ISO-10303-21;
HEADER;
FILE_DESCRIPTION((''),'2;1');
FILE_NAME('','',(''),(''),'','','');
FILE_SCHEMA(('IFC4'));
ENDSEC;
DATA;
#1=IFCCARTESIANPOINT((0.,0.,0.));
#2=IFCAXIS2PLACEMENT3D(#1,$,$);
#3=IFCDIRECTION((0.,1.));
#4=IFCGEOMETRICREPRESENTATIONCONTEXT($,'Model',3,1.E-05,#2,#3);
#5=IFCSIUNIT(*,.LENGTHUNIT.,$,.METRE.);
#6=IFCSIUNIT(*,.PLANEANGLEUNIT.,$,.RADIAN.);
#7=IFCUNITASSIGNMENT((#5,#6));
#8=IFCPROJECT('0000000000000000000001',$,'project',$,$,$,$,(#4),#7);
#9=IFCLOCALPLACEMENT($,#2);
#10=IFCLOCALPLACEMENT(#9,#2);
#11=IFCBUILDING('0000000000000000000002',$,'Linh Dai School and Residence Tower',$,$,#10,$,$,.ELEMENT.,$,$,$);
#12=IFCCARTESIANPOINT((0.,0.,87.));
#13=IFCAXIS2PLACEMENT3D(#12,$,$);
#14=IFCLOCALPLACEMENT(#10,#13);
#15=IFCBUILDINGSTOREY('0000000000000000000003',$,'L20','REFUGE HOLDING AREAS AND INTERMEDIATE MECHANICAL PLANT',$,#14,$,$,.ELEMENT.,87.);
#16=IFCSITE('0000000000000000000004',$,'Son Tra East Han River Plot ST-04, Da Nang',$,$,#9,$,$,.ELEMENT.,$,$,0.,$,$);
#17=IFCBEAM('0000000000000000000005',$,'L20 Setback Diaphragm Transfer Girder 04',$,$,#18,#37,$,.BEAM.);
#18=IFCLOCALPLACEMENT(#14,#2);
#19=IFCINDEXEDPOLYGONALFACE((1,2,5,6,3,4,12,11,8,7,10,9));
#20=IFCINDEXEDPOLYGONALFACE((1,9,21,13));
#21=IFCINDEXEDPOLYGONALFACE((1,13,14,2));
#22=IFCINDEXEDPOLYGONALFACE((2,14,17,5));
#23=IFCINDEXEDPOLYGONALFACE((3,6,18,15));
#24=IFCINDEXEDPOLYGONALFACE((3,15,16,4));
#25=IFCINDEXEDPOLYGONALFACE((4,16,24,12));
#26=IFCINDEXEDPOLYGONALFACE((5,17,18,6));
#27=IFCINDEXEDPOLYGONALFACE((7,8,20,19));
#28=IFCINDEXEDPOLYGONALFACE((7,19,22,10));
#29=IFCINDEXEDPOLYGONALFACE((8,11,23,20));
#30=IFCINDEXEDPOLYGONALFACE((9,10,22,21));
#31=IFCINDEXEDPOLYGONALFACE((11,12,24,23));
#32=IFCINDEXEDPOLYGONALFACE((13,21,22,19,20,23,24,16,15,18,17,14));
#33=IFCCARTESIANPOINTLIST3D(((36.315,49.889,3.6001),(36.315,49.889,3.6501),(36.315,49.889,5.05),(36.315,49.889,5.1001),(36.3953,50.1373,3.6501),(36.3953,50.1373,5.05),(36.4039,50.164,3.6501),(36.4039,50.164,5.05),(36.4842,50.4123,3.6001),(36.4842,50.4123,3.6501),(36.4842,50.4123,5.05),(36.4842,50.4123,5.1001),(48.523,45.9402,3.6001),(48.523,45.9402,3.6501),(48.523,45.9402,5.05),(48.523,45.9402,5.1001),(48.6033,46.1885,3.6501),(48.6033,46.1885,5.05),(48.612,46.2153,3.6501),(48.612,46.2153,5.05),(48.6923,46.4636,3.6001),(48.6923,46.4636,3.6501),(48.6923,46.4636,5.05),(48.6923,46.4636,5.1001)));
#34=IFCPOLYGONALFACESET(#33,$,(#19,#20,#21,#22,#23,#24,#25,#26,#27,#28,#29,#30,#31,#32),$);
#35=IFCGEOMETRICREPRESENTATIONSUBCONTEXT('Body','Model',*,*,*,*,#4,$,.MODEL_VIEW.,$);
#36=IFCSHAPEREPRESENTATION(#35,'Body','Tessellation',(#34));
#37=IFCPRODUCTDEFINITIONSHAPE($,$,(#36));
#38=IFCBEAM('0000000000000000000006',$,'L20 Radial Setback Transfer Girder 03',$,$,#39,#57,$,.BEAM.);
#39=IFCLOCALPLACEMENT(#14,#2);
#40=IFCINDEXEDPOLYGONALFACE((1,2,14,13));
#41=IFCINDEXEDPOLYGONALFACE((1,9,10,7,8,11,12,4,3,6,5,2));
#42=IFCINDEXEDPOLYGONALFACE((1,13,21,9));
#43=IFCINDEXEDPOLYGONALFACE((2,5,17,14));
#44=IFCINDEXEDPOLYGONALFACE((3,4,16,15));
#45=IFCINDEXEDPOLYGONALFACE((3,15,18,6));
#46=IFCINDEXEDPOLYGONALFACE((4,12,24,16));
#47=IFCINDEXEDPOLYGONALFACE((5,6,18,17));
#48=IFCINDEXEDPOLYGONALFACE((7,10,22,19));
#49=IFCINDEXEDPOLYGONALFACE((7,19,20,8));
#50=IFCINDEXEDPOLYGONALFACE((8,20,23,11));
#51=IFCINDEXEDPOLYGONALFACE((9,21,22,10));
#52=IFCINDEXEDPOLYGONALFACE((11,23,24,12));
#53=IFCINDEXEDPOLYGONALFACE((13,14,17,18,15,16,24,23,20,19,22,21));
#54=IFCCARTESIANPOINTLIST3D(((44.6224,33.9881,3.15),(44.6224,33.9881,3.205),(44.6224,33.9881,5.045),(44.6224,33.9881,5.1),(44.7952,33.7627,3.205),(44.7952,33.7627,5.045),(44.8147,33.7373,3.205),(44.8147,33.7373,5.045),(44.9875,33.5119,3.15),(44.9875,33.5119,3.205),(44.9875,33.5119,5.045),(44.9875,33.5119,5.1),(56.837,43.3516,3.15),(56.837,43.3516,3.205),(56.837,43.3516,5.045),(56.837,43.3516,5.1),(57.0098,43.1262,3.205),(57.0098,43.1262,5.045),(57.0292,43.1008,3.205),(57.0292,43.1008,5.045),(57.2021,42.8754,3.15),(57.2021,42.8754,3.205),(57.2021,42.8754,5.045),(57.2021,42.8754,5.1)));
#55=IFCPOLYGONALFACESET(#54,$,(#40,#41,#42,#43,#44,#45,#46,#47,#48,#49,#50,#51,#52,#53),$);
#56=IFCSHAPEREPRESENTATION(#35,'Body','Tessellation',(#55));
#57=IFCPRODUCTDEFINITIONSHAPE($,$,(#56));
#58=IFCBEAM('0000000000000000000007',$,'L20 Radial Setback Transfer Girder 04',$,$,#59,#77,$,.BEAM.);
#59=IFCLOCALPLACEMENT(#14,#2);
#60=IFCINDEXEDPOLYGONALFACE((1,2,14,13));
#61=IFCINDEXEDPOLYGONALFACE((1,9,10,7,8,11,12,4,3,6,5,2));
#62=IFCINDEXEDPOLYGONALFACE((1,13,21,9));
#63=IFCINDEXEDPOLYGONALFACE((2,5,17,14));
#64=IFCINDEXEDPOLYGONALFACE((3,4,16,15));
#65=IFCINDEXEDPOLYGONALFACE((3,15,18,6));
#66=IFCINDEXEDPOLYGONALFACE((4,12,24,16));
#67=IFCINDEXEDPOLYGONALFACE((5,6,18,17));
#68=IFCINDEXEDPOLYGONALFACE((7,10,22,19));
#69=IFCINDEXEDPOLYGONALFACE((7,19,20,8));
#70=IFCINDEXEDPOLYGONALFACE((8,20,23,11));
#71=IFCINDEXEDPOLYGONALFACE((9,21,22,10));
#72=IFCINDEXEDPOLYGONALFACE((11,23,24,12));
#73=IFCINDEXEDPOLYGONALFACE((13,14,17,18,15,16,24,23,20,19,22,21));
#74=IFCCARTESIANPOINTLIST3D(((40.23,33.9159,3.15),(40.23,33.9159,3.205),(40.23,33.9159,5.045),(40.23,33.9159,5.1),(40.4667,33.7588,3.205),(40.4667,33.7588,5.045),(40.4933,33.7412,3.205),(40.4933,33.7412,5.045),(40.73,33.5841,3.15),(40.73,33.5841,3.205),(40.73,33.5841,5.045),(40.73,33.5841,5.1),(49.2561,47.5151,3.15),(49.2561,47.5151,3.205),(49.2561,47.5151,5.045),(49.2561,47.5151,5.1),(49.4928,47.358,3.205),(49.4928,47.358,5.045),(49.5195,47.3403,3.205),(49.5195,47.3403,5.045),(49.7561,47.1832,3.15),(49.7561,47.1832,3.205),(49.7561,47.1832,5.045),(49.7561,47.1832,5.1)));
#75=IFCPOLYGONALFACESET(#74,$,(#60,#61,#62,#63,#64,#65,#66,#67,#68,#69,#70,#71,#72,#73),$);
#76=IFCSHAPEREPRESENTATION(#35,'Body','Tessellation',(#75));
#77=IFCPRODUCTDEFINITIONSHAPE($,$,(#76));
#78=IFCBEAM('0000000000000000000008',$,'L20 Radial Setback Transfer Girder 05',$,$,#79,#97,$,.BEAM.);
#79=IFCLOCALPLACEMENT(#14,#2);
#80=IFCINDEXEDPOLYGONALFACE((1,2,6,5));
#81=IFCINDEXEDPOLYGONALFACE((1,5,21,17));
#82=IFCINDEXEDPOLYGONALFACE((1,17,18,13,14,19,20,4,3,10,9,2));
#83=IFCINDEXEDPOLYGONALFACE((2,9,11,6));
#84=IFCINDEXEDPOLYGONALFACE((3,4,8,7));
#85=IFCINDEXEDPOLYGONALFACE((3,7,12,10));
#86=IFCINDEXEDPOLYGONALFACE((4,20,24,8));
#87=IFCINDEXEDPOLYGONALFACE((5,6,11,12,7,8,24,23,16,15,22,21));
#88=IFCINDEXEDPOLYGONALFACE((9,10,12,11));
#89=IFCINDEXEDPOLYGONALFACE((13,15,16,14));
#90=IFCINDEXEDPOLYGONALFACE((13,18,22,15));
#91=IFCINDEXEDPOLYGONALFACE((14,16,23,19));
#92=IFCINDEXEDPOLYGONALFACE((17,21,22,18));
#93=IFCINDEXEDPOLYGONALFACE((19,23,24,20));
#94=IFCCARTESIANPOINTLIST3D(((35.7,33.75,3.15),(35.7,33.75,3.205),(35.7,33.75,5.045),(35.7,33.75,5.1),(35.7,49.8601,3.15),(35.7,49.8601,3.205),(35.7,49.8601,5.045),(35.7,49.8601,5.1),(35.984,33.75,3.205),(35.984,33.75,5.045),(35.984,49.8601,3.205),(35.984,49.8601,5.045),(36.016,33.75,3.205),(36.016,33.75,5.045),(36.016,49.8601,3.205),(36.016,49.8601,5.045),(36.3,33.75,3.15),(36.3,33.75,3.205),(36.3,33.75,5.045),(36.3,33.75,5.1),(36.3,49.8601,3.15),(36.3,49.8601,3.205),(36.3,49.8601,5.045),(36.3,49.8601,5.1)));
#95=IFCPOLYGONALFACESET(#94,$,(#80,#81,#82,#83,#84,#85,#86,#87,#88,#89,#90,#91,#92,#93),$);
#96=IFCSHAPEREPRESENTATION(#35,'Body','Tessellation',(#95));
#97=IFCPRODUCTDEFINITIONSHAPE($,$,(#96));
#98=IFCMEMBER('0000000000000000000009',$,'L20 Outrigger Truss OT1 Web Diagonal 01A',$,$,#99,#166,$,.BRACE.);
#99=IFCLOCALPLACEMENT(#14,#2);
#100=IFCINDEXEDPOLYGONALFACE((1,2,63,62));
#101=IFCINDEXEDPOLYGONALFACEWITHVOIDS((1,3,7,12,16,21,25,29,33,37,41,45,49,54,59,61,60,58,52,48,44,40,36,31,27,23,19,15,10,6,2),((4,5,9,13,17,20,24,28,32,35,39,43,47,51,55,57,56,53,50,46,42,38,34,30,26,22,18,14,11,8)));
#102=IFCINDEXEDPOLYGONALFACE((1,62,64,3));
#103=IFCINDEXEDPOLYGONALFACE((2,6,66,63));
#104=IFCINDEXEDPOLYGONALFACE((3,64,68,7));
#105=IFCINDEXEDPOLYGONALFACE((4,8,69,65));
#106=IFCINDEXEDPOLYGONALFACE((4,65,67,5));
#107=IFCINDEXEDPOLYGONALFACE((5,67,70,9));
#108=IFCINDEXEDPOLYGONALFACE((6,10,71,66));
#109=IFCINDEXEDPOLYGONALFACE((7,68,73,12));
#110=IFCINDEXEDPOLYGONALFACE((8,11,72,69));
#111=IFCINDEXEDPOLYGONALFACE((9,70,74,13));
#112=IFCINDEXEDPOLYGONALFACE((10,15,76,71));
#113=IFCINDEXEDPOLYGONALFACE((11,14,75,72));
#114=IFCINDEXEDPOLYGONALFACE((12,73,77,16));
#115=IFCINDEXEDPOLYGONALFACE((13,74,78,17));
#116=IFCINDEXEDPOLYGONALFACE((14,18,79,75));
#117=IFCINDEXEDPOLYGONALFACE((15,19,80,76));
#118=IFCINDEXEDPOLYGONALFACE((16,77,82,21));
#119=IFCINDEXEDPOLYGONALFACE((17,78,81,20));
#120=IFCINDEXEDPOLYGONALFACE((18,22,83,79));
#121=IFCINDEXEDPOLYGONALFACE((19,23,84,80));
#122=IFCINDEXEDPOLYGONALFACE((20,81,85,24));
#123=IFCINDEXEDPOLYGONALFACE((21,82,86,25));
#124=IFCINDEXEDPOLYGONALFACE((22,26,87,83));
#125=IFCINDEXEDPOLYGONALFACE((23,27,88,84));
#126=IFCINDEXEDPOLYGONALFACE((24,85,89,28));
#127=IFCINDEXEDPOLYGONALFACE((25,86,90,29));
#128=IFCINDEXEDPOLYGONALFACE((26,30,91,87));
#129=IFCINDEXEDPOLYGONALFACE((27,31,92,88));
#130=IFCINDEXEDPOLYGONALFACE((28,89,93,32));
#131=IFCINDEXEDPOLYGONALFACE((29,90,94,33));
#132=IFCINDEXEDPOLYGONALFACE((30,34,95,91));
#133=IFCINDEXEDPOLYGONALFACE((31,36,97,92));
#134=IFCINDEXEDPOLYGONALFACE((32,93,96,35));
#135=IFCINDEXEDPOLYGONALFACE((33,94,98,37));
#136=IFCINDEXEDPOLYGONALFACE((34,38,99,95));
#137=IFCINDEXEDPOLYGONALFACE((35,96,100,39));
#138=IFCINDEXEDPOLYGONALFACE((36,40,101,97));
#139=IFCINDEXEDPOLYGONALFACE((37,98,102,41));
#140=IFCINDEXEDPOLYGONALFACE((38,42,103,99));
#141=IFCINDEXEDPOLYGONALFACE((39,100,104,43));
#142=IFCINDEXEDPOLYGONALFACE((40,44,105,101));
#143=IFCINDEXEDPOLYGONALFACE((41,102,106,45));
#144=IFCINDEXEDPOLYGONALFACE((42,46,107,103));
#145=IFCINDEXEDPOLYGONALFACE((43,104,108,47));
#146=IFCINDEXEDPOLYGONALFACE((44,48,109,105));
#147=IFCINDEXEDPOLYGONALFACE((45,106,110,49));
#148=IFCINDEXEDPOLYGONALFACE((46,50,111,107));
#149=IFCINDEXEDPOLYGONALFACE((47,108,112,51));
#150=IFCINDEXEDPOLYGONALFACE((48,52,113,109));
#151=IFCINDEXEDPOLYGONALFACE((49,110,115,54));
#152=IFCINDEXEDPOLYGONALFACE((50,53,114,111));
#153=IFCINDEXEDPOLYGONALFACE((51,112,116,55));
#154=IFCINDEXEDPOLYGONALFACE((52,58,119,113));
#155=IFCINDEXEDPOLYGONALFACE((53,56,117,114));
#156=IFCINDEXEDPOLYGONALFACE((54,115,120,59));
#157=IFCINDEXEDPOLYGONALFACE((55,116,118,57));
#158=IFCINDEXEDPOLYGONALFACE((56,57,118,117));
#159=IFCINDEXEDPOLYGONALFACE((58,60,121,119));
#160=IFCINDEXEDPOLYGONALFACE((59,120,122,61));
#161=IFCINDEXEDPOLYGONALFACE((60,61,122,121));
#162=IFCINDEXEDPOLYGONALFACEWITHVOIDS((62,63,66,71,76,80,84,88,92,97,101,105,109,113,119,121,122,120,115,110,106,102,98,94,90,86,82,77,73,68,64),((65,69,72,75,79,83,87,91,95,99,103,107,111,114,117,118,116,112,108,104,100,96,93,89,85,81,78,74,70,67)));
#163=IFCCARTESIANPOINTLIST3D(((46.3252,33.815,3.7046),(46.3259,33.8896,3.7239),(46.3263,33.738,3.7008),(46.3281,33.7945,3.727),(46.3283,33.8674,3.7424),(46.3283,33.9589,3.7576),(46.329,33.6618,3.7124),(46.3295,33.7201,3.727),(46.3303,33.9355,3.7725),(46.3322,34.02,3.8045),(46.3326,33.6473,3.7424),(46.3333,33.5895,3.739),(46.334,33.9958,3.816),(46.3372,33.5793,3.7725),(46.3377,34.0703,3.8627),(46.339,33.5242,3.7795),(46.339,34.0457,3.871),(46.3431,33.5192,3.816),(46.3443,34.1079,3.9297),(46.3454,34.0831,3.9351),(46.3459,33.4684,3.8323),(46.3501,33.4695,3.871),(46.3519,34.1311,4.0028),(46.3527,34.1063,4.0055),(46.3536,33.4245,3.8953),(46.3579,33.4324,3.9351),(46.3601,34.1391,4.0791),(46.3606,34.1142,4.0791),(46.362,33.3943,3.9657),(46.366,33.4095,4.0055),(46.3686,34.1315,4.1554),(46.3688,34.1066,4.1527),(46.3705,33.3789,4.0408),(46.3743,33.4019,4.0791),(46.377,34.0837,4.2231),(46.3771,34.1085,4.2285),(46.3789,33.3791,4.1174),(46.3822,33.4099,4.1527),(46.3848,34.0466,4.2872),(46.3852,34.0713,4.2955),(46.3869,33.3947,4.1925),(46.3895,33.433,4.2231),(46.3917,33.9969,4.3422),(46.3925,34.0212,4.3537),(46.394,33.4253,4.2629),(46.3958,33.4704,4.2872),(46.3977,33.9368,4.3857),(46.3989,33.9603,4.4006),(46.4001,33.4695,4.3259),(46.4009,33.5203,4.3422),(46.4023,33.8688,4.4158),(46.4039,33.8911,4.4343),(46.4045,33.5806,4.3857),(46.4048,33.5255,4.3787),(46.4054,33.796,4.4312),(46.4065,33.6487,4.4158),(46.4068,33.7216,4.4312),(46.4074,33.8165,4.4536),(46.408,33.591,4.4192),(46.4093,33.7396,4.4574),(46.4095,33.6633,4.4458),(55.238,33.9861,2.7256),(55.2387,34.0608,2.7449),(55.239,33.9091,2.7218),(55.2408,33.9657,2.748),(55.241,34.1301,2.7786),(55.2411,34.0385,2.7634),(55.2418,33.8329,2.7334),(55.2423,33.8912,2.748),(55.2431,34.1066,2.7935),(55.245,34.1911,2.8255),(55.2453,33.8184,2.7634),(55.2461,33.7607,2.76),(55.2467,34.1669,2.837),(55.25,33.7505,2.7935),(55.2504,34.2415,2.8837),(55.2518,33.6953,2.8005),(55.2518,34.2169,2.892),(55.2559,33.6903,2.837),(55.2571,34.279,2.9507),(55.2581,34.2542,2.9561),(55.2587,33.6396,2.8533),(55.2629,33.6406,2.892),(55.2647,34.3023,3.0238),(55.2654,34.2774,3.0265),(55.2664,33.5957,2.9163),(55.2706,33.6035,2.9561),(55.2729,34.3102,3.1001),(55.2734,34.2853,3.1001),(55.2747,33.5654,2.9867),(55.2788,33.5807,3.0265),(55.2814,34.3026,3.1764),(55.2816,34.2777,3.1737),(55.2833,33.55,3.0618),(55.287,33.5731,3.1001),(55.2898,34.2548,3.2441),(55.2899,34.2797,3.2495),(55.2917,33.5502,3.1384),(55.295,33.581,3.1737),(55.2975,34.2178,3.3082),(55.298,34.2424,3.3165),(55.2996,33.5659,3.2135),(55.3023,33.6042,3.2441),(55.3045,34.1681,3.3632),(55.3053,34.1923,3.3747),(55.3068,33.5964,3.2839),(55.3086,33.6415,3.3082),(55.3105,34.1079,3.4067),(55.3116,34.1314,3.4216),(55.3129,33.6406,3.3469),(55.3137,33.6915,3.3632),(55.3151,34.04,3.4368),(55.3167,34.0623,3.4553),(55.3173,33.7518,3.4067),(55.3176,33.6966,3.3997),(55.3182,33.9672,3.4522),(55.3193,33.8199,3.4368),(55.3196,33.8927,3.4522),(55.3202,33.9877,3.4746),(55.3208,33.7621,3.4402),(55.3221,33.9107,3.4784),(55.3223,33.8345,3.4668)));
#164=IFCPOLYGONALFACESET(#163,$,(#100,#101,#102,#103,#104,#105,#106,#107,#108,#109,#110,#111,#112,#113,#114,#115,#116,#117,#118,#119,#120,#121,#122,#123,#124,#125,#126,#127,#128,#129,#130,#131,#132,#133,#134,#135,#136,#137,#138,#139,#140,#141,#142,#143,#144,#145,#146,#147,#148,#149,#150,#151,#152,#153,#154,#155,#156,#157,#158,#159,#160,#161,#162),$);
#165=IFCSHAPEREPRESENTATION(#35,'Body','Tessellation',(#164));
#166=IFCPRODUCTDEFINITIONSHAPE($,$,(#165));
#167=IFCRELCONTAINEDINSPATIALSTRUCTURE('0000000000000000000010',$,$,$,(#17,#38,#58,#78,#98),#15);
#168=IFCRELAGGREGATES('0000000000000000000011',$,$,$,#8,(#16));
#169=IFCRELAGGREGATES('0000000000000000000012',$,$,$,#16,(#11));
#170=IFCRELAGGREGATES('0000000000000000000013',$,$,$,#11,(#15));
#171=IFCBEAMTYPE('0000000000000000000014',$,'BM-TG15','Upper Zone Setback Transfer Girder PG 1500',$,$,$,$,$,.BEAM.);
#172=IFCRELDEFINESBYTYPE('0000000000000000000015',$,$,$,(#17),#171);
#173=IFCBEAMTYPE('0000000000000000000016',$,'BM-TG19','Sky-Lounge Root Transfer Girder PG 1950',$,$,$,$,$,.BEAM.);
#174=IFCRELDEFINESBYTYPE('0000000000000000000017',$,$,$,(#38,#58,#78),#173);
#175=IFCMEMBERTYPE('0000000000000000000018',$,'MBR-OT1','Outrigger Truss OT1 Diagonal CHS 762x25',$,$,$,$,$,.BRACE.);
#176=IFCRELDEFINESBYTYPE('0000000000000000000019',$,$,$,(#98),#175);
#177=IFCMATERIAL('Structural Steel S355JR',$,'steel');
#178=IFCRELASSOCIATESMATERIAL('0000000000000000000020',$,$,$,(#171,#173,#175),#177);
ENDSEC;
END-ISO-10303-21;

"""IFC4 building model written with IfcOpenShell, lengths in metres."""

from ifc_helpers import new_model, si_unit, direction, frame, origin, origin_2d, place, context, subcontext, project, spatial, hollow_circle, i_section, extrude, material, material_profile, profile_set, type_object, element, save


model = new_model("IFC4")

# Units and contexts
model_context = context("Model", 3, precision=1e-05, world=origin(), true_north=direction((0.0, 1.0)))
body_context = subcontext(model_context, "Body", "Model", "MODEL_VIEW")
ifc_project = project(units=[si_unit("LENGTHUNIT", "METRE"), si_unit("PLANEANGLEUNIT", "RADIAN")], contexts=[model_context])

# Site, building, storey
site_placement = place(None, origin())
site = spatial("IfcSite", under=ifc_project, at=site_placement, Name="Son Tra East Han River Plot ST-04, Da Nang", CompositionType="ELEMENT", RefElevation=0.0)
building_placement = place(site_placement, origin())
building = spatial("IfcBuilding", under=site, at=building_placement, Name="Linh Dai School and Residence Tower", CompositionType="ELEMENT")
storey_placement = place(building_placement, frame((0.0, 0.0, 87.0)))
storey = spatial("IfcBuildingStorey", under=building, at=storey_placement, Name="L20", Description="REFUGE HOLDING AREAS AND INTERMEDIATE MECHANICAL PLANT", CompositionType="ELEMENT", Elevation=87.0)

# Shared definitions
ifc_material_1 = material(Name="Structural Steel S355JR", Category="steel")

# Beams
ifc_material_profile_1 = material_profile(ifc_material_1, i_section(OverallWidth=0.55, OverallDepth=1.5, WebThickness=0.0281, FlangeThickness=0.05, at=origin_2d()), Name="PG 1500x550x28x50")
ifc_profile_set_1 = profile_set([ifc_material_profile_1], Name="Structural Steel S355JR")
beam_type_1 = type_object("IfcBeamType", Name="BM-TG15", Description="Upper Zone Setback Transfer Girder PG 1500", PredefinedType="BEAM", material=ifc_profile_set_1)
beam_1_placement = place(storey_placement, frame((48.6077, 46.2019, 4.3501), z_axis=(-0.951465, 0.307755, 0.0), x_axis=(-0.307755, -0.951465, 0.0)))
element("IfcBeam", 1, at=beam_1_placement, inside=storey, type_object=beam_type_1, Name="L20 Setback Diaphragm Transfer Girder 04", PredefinedType="BEAM", context=body_context, shape_type="SweptSolid", body=[
    extrude(i_section(OverallWidth=0.55, OverallDepth=1.5, WebThickness=0.0281, FlangeThickness=0.05, at=origin_2d()), origin(), (0.0, 0.0, 1.0), 12.8308),
])
ifc_material_profile_2 = material_profile(ifc_material_1, i_section(OverallWidth=0.6001, OverallDepth=1.95, WebThickness=0.032, FlangeThickness=0.0549, at=origin_2d()), Name="PG 1950x600x32x55")
ifc_profile_set_2 = profile_set([ifc_material_profile_2], Name="Structural Steel S355JR")
beam_type_2 = type_object("IfcBeamType", Name="BM-TG19", Description="Sky-Lounge Root Transfer Girder PG 1950", PredefinedType="BEAM", material=ifc_profile_set_2)
beam_2_placement = place(storey_placement, frame((44.8049, 33.75, 4.125), z_axis=(0.793638, 0.608391, 0.0), x_axis=(-0.608391, 0.793638, 0.0)))
element("IfcBeam", 2, at=beam_2_placement, inside=storey, type_object=beam_type_2, Name="L20 Radial Setback Transfer Girder 03", PredefinedType="BEAM", context=body_context, shape_type="SweptSolid", body=[
    extrude(i_section(OverallWidth=0.6001, OverallDepth=1.95, WebThickness=0.032, FlangeThickness=0.0549, at=origin_2d()), origin(), (0.0, 0.0, 1.0), 15.3906),
])
beam_3_placement = place(storey_placement, frame((40.48, 33.75, 4.125), z_axis=(0.553004, 0.833178, 0.0), x_axis=(-0.833178, 0.553004, 0.0)))
element("IfcBeam", 3, at=beam_3_placement, inside=storey, type_object=beam_type_2, Name="L20 Radial Setback Transfer Girder 04", PredefinedType="BEAM", context=body_context, shape_type="SweptSolid", body=[
    extrude(i_section(OverallWidth=0.6001, OverallDepth=1.95, WebThickness=0.032, FlangeThickness=0.0549, at=origin_2d()), origin(), (0.0, 0.0, 1.0), 16.322),
])
beam_4_placement = place(storey_placement, frame((36.0, 33.75, 4.125), z_axis=(0.0, 1.0, 0.0), x_axis=(-1.0, 0.0, 0.0)))
element("IfcBeam", 4, at=beam_4_placement, inside=storey, type_object=beam_type_2, Name="L20 Radial Setback Transfer Girder 05", PredefinedType="BEAM", context=body_context, shape_type="SweptSolid", body=[
    extrude(i_section(OverallWidth=0.6001, OverallDepth=1.95, WebThickness=0.032, FlangeThickness=0.0549, at=origin_2d()), origin(), (0.0, 0.0, 1.0), 16.1101),
])

# Member
ifc_material_profile_3 = material_profile(ifc_material_1, hollow_circle(Radius=0.3811, WallThickness=0.0249, at=origin_2d()), Name="CHS 762x25")
ifc_profile_set_3 = profile_set([ifc_material_profile_3], Name="Structural Steel S355JR")
member_type = type_object("IfcMemberType", Name="MBR-OT1", Description="Outrigger Truss OT1 Diagonal CHS 762x25", PredefinedType="BRACE", material=ifc_profile_set_3)
member_1_placement = place(storey_placement, frame((46.3674, 33.7581, 4.0791), z_axis=(0.99384, 0.019084, -0.109165), x_axis=(-0.019198, 0.999816, 0.0)))
element("IfcMember", 5, at=member_1_placement, inside=storey, type_object=member_type, Name="L20 Outrigger Truss OT1 Web Diagonal 01A", PredefinedType="BRACE", context=body_context, shape_type="SweptSolid", body=[
    extrude(hollow_circle(Radius=0.3811, WallThickness=0.0249, at=origin_2d()), origin(), (0.0, 0.0, 1.0), 8.968),
])

save(model, "model.ifc")
